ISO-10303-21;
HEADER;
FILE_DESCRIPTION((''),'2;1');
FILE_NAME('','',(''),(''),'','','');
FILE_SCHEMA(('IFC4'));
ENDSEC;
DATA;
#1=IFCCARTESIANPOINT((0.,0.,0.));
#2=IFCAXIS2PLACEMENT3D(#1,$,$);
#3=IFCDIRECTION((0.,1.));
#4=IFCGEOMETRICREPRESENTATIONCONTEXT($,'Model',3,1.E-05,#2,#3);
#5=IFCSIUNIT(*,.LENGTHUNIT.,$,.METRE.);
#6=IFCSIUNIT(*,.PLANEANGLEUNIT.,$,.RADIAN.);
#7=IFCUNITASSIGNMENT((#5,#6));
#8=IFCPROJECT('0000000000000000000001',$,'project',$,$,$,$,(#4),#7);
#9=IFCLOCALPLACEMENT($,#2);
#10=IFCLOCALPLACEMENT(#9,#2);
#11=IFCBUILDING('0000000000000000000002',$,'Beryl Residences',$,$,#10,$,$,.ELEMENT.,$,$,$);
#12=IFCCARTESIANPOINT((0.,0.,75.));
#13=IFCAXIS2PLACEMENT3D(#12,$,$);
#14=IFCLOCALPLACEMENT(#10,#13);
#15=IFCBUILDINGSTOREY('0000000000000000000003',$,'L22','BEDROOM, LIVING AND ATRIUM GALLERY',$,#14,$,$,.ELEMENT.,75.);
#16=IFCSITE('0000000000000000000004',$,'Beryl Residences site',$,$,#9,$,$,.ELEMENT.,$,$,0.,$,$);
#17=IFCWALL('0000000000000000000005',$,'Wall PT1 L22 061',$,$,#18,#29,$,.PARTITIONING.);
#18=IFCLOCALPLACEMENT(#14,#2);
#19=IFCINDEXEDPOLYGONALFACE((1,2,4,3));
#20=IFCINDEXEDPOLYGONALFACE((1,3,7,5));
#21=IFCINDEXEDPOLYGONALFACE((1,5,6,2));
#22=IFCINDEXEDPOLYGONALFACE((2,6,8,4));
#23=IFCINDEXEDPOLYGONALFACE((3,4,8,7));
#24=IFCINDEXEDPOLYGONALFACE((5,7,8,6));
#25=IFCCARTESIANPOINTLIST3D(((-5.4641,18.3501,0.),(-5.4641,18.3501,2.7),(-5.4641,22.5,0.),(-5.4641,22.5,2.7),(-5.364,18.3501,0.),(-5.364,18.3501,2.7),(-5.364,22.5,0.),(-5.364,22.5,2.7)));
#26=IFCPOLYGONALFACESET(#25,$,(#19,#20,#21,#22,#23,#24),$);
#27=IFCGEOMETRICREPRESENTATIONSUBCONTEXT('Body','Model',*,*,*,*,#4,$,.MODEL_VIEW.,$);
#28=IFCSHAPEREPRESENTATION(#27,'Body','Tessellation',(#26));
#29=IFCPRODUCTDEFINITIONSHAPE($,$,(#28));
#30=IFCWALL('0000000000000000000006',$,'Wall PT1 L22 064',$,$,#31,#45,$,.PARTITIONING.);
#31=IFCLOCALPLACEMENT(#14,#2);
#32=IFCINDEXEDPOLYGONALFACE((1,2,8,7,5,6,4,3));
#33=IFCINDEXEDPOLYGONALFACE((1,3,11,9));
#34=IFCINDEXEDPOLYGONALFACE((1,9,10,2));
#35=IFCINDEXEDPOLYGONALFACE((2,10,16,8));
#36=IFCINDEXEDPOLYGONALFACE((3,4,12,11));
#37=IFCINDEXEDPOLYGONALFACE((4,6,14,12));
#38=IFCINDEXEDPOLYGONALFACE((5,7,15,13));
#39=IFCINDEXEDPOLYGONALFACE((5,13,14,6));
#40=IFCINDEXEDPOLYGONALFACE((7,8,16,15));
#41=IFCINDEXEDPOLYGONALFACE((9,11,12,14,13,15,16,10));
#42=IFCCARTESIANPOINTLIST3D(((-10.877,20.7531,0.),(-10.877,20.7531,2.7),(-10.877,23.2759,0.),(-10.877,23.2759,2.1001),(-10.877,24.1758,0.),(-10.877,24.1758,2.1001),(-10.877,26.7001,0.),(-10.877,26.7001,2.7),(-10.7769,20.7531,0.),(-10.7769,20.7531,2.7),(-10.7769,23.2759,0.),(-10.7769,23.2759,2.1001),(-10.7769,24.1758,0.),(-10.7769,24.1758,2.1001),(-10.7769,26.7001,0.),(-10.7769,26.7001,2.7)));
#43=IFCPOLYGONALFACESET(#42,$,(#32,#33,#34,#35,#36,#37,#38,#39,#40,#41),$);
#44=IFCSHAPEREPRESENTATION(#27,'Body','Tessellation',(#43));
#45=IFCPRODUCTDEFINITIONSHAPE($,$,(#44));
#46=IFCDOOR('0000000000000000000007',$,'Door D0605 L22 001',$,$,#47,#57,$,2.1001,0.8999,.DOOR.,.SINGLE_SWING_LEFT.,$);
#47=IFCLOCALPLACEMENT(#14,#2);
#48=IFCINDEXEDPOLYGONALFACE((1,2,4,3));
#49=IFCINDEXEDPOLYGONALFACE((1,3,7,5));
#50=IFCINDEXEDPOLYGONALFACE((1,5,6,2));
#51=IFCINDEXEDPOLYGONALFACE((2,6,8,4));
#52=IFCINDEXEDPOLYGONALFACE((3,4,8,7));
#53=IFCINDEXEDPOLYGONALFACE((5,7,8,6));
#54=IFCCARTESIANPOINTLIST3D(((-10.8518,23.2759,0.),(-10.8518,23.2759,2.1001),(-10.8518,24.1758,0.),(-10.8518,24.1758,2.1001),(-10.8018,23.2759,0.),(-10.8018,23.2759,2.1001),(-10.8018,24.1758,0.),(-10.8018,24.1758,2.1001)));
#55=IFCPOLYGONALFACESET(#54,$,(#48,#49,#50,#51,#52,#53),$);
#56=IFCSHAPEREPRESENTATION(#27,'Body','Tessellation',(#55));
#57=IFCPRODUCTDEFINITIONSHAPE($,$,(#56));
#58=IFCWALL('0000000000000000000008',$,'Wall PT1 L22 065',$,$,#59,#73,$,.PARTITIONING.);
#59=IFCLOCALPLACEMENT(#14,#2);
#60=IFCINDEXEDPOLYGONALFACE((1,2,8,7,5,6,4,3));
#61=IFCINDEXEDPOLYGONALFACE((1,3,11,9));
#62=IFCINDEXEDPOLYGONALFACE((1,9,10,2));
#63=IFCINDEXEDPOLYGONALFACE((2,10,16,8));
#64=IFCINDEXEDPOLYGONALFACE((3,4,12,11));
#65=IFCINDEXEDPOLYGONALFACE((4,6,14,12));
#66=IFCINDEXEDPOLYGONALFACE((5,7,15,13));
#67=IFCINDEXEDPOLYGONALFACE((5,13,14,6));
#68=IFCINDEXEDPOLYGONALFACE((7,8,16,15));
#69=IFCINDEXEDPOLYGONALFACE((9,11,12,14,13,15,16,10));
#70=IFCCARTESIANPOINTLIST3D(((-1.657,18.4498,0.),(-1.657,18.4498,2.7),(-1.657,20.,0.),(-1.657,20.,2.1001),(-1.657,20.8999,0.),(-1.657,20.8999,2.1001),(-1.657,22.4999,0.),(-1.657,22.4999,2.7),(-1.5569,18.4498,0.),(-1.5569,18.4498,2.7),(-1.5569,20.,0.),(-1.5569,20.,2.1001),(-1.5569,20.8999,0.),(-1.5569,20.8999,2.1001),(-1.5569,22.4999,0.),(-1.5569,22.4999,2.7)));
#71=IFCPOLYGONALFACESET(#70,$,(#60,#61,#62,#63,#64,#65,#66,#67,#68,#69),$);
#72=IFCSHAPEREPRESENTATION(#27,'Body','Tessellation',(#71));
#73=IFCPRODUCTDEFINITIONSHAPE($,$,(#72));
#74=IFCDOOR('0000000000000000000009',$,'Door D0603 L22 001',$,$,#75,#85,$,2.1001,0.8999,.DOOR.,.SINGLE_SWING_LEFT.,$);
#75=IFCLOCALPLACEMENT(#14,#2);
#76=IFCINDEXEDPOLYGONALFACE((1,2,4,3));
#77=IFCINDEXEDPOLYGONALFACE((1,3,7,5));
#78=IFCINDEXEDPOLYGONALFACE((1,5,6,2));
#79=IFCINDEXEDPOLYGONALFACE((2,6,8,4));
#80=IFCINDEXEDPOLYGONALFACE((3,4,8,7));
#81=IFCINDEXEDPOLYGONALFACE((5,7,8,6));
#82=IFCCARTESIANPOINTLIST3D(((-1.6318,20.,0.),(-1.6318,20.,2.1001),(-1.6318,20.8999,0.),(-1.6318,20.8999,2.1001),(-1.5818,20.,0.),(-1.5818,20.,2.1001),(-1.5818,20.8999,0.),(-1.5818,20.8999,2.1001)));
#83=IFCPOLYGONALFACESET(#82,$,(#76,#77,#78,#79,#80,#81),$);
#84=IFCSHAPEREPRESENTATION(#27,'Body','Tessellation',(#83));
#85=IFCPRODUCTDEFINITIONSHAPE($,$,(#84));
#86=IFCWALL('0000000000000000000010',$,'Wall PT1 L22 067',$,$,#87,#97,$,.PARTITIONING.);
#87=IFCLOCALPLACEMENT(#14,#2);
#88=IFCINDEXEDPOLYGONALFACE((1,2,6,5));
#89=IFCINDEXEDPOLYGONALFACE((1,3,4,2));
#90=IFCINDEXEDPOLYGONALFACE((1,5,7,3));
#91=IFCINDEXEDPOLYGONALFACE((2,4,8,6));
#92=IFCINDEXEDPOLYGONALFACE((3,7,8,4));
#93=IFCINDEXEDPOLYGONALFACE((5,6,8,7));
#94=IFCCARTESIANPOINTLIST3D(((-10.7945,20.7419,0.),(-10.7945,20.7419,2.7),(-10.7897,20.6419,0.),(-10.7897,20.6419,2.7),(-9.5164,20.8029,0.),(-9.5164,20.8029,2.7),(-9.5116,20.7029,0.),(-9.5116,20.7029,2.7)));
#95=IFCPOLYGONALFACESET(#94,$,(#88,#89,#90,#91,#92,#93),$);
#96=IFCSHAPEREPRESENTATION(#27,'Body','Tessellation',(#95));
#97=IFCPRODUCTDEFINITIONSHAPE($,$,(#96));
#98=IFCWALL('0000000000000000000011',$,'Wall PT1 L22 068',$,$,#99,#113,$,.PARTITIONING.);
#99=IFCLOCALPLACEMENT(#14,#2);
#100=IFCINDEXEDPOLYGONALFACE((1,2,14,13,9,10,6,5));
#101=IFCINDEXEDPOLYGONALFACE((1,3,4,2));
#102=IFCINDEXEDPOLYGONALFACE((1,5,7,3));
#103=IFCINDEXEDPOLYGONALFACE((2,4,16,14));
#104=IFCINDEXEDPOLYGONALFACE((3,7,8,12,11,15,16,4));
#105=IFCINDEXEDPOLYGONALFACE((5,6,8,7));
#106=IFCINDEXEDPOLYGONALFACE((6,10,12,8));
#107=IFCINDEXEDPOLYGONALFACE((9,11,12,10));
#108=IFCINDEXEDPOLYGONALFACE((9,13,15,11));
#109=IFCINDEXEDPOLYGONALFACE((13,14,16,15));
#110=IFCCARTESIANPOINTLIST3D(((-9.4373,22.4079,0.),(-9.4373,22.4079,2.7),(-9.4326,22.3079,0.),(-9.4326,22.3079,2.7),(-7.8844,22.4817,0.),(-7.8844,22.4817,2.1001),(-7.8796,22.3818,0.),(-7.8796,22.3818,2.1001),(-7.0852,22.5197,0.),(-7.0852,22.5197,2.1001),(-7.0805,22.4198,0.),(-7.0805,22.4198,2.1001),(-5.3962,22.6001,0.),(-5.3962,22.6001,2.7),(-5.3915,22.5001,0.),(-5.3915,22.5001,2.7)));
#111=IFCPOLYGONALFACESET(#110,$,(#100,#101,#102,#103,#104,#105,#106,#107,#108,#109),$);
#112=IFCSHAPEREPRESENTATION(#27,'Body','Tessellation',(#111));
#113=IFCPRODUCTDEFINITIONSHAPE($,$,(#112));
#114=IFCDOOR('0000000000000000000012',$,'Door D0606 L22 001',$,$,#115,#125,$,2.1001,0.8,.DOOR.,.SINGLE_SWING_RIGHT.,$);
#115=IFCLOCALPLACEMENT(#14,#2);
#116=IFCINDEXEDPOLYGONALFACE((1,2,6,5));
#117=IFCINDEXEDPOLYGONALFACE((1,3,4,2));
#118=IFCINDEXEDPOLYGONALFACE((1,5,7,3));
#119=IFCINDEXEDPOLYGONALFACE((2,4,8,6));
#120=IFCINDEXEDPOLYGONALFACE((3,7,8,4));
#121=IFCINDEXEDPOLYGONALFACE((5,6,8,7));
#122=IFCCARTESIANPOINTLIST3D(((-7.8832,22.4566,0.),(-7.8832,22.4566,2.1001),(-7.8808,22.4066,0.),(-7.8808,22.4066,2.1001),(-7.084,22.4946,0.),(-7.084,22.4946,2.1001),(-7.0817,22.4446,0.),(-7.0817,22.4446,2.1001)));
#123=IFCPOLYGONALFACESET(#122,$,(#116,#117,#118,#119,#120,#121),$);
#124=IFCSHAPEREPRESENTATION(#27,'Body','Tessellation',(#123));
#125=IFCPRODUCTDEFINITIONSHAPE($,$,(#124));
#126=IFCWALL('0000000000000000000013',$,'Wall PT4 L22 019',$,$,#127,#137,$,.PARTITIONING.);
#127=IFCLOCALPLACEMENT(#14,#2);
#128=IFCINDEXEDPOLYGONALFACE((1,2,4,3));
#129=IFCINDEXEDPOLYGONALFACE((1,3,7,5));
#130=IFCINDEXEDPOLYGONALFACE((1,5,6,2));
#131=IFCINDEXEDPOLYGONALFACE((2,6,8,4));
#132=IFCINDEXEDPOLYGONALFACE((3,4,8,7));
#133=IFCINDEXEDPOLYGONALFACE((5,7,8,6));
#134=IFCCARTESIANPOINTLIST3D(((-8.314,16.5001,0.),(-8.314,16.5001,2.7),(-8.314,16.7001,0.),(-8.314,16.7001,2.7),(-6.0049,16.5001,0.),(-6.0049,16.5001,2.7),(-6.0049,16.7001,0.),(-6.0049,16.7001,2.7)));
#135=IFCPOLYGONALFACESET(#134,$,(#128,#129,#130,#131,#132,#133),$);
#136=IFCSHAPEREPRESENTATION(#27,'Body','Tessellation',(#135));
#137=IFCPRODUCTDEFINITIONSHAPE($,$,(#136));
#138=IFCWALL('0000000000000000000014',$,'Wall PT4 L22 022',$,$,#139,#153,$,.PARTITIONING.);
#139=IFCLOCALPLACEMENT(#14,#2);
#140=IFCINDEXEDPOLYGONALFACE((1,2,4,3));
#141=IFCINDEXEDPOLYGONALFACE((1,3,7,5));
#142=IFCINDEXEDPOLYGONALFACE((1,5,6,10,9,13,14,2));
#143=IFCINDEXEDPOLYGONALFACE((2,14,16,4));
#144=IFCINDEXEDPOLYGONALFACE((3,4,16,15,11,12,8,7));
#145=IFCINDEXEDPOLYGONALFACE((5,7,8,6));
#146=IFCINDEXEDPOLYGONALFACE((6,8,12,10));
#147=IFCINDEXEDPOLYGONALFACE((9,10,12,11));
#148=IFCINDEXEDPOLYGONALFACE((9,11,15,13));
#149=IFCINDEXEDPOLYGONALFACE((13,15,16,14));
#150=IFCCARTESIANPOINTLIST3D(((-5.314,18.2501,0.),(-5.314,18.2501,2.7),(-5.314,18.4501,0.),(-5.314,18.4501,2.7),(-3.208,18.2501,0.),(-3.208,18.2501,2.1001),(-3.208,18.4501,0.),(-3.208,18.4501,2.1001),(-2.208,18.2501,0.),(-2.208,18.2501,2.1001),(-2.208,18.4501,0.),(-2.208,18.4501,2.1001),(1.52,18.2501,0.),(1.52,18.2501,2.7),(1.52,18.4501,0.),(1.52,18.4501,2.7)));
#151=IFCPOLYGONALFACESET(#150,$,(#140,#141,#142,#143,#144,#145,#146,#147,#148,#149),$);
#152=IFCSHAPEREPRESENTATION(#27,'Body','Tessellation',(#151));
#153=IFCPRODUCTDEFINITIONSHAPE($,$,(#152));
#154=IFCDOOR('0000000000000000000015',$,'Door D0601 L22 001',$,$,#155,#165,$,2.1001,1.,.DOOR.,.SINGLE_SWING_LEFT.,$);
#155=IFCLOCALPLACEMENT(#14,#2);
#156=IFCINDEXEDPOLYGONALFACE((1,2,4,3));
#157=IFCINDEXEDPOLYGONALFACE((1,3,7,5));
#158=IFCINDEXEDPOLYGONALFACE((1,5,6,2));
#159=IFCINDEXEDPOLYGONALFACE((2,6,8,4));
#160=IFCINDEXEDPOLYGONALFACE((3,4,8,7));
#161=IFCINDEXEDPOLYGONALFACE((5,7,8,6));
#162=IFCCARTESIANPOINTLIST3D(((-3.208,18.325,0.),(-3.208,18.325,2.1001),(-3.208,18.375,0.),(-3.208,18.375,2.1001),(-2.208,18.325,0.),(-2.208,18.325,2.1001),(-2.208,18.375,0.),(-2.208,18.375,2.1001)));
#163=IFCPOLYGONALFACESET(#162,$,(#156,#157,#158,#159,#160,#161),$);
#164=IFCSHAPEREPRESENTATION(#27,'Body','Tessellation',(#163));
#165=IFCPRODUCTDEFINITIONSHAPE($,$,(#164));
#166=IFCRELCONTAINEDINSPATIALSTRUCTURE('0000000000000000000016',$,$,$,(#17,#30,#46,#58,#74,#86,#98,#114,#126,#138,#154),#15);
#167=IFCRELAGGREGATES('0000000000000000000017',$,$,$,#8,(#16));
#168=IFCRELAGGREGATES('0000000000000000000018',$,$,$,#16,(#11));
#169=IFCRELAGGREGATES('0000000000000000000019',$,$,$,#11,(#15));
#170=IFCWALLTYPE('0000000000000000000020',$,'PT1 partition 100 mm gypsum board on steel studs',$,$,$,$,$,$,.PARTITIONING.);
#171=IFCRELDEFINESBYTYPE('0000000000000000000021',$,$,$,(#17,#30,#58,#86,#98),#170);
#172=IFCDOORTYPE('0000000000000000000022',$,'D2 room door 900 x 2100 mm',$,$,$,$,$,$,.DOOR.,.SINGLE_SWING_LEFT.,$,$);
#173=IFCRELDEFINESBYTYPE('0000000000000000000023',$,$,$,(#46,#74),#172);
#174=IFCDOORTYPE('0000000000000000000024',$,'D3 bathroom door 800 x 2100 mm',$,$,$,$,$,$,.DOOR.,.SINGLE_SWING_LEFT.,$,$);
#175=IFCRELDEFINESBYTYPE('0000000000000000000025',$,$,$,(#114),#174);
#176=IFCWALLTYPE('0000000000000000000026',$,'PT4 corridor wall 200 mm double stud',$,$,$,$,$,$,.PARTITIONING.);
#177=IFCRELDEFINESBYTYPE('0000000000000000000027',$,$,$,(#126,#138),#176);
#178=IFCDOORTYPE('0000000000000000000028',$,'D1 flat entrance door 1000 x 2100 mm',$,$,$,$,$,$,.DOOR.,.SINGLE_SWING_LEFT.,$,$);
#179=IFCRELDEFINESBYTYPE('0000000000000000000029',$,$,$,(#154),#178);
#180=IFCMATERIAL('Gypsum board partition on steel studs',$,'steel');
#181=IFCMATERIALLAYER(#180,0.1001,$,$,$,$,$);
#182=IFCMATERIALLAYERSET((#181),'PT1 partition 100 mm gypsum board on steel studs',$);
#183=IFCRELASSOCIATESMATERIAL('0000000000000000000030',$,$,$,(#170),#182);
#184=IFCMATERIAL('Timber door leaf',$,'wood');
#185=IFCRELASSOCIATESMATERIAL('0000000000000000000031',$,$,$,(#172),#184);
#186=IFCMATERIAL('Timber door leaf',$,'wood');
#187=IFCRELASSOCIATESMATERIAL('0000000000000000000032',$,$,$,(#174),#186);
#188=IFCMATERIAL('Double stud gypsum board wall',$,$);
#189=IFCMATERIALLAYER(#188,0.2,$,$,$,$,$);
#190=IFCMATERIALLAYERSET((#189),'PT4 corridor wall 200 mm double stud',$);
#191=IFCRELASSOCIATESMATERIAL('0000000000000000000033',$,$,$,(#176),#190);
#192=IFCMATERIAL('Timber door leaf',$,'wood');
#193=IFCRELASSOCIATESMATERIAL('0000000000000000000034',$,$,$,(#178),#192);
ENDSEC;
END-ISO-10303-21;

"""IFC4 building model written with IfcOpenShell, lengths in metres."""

from ifc_helpers import new_model, si_unit, direction, frame, frame_2d, origin, place, context, subcontext, project, spatial, rectangle, extrude, material, layer, layer_set, type_object, element, fill, save


model = new_model("IFC4")

# Units and contexts
model_context = context("Model", 3, precision=1e-05, world=origin(), true_north=direction((0.0, 1.0)))
body_context = subcontext(model_context, "Body", "Model", "MODEL_VIEW")
ifc_project = project(units=[si_unit("LENGTHUNIT", "METRE"), si_unit("PLANEANGLEUNIT", "RADIAN")], contexts=[model_context])

# Site, building, storey
site_placement = place(None, origin())
site = spatial("IfcSite", under=ifc_project, at=site_placement, Name="Beryl Residences site", CompositionType="ELEMENT", RefElevation=0.0)
building_placement = place(site_placement, origin())
building = spatial("IfcBuilding", under=site, at=building_placement, Name="Beryl Residences", CompositionType="ELEMENT")
storey_placement = place(building_placement, frame((0.0, 0.0, 75.0)))
storey = spatial("IfcBuildingStorey", under=building, at=storey_placement, Name="L22", Description="BEDROOM, LIVING AND ATRIUM GALLERY", CompositionType="ELEMENT", Elevation=75.0)

# Shared definitions
ifc_material_1 = material(Name="Gypsum board partition on steel studs", Category="steel")
ifc_layer_1 = layer(ifc_material_1, 0.1001)
ifc_layer_set_1 = layer_set([ifc_layer_1], Name="PT1 partition 100 mm gypsum board on steel studs")
wall_type_1 = type_object("IfcWallType", Name="PT1 partition 100 mm gypsum board on steel studs", PredefinedType="PARTITIONING", material=ifc_layer_set_1)

# Shared definitions
ifc_material_2 = material(Name="Timber door leaf", Category="wood")
door_type_1 = type_object("IfcDoorType", Name="D2 room door 900 x 2100 mm", OperationType="SINGLE_SWING_LEFT", PredefinedType="DOOR", material=ifc_material_2)

# Shared definitions
ifc_material_3 = material(Name="Timber door leaf", Category="wood")
door_type_2 = type_object("IfcDoorType", Name="D3 bathroom door 800 x 2100 mm", OperationType="SINGLE_SWING_LEFT", PredefinedType="DOOR", material=ifc_material_3)

# Wall
wall_1_placement = place(storey_placement, frame((-5.4141, 18.3501, 0.0), z_axis=(0.0, 0.0, 1.0), x_axis=(0.0, 1.0, 0.0)))
element("IfcWall", 1, at=wall_1_placement, inside=storey, type_object=wall_type_1, Name="Wall PT1 L22 061", PredefinedType="PARTITIONING", context=body_context, shape_type="SweptSolid", body=[
    extrude(rectangle(XDim=4.1499, YDim=0.1001, at=frame_2d((2.075, 0.0))), origin(), (0.0, 0.0, 1.0), 2.7),
])

# Walls, openings, doors
wall_2_placement = place(storey_placement, frame((-10.8269, 20.7529, 0.0), z_axis=(0.0, 0.0, 1.0), x_axis=(0.0, 1.0, 0.0)))
wall_2 = element("IfcWall", 2, at=wall_2_placement, inside=storey, type_object=wall_type_1, Name="Wall PT1 L22 064", PredefinedType="PARTITIONING", context=body_context, shape_type="SweptSolid", body=[
    extrude(rectangle(XDim=5.947, YDim=0.1001, at=frame_2d((2.9736, 0.0))), origin(), (0.0, 0.0, 1.0), 2.7),
])
opening_1_placement = place(wall_2_placement, frame((2.5229, 0.0, 0.0)))
opening_1 = element("IfcOpeningElement", 3, at=opening_1_placement, cuts=wall_2, PredefinedType="OPENING", context=body_context, shape_type="SweptSolid", body=[
    extrude(rectangle(XDim=0.8999, YDim=2.1001, at=frame_2d((0.45, 1.05))), frame((0.0, 0.0601, 0.0), z_axis=(0.0, -1.0, 0.0), x_axis=(1.0, 0.0, 0.0)), (0.0, 0.0, 1.0), 0.1201),
])
door_1_placement = place(opening_1_placement, origin())
door_1 = element("IfcDoor", 4, at=door_1_placement, inside=storey, type_object=door_type_1, Name="Door D0605 L22 001", OperationType="SINGLE_SWING_LEFT", OverallHeight=2.1001, OverallWidth=0.8999, PredefinedType="DOOR", context=body_context, shape_type="SweptSolid", body=[
    extrude(rectangle(XDim=0.8999, YDim=2.1001, at=frame_2d((0.45, 1.05))), frame((0.0, 0.0249, 0.0), z_axis=(0.0, -1.0, 0.0), x_axis=(1.0, 0.0, 0.0)), (0.0, 0.0, 1.0), 0.05),
])
fill(opening_1, door_1)
wall_3_placement = place(storey_placement, frame((-1.6069, 18.45, 0.0), z_axis=(0.0, 0.0, 1.0), x_axis=(0.0, 1.0, 0.0)))
wall_3 = element("IfcWall", 5, at=wall_3_placement, inside=storey, type_object=wall_type_1, Name="Wall PT1 L22 065", PredefinedType="PARTITIONING", context=body_context, shape_type="SweptSolid", body=[
    extrude(rectangle(XDim=4.05, YDim=0.1001, at=frame_2d((2.0249, 0.0))), origin(), (0.0, 0.0, 1.0), 2.7),
])
opening_2_placement = place(wall_3_placement, frame((1.55, 0.0, 0.0)))
opening_2 = element("IfcOpeningElement", 6, at=opening_2_placement, cuts=wall_3, PredefinedType="OPENING", context=body_context, shape_type="SweptSolid", body=[
    extrude(rectangle(XDim=0.8999, YDim=2.1001, at=frame_2d((0.45, 1.05))), frame((0.0, 0.0601, 0.0), z_axis=(0.0, -1.0, 0.0), x_axis=(1.0, 0.0, 0.0)), (0.0, 0.0, 1.0), 0.1201),
])
door_2_placement = place(opening_2_placement, origin())
door_2 = element("IfcDoor", 7, at=door_2_placement, inside=storey, type_object=door_type_1, Name="Door D0603 L22 001", OperationType="SINGLE_SWING_LEFT", OverallHeight=2.1001, OverallWidth=0.8999, PredefinedType="DOOR", context=body_context, shape_type="SweptSolid", body=[
    extrude(rectangle(XDim=0.8999, YDim=2.1001, at=frame_2d((0.45, 1.05))), frame((0.0, 0.0249, 0.0), z_axis=(0.0, -1.0, 0.0), x_axis=(1.0, 0.0, 0.0)), (0.0, 0.0, 1.0), 0.05),
])
fill(opening_2, door_2)

# Wall
wall_4_placement = place(storey_placement, frame((-10.792, 20.6919, 0.0), z_axis=(0.0, 0.0, 1.0), x_axis=(0.998862, 0.047701, 0.0)))
element("IfcWall", 8, at=wall_4_placement, inside=storey, type_object=wall_type_1, Name="Wall PT1 L22 067", PredefinedType="PARTITIONING", context=body_context, shape_type="SweptSolid", body=[
    extrude(rectangle(XDim=1.2795, YDim=0.1001, at=frame_2d((0.6396, 0.0))), origin(), (0.0, 0.0, 1.0), 2.7),
])

# Wall, opening, door
wall_5_placement = place(storey_placement, frame((-9.4351, 22.3579, 0.0), z_axis=(0.0, 0.0, 1.0), x_axis=(0.998872, 0.047493, 0.0)))
wall_5 = element("IfcWall", 9, at=wall_5_placement, inside=storey, type_object=wall_type_1, Name="Wall PT1 L22 068", PredefinedType="PARTITIONING", context=body_context, shape_type="SweptSolid", body=[
    extrude(rectangle(XDim=4.0457, YDim=0.1001, at=frame_2d((2.0229, 0.0))), origin(), (0.0, 0.0, 1.0), 2.7),
])
opening_3_placement = place(wall_5_placement, frame((1.5549, 0.0, 0.0)))
opening_3 = element("IfcOpeningElement", 10, at=opening_3_placement, cuts=wall_5, PredefinedType="OPENING", context=body_context, shape_type="SweptSolid", body=[
    extrude(rectangle(XDim=0.8, YDim=2.1001, at=frame_2d((0.3999, 1.05))), frame((0.0, 0.0601, 0.0), z_axis=(0.0, -1.0, 0.0), x_axis=(1.0, 0.0, 0.0)), (0.0, 0.0, 1.0), 0.1201),
])
door_3_placement = place(opening_3_placement, origin())
door_3 = element("IfcDoor", 11, at=door_3_placement, inside=storey, type_object=door_type_2, Name="Door D0606 L22 001", OperationType="SINGLE_SWING_RIGHT", OverallHeight=2.1001, OverallWidth=0.8, PredefinedType="DOOR", context=body_context, shape_type="SweptSolid", body=[
    extrude(rectangle(XDim=0.8, YDim=2.1001, at=frame_2d((0.3999, 1.05))), frame((0.0, 0.0249, 0.0), z_axis=(0.0, -1.0, 0.0), x_axis=(1.0, 0.0, 0.0)), (0.0, 0.0, 1.0), 0.05),
])
fill(opening_3, door_3)

# Wall
ifc_material_4 = material(Name="Double stud gypsum board wall")
ifc_layer_2 = layer(ifc_material_4, 0.2)
ifc_layer_set_2 = layer_set([ifc_layer_2], Name="PT4 corridor wall 200 mm double stud")
wall_type_2 = type_object("IfcWallType", Name="PT4 corridor wall 200 mm double stud", PredefinedType="PARTITIONING", material=ifc_layer_set_2)
wall_6_placement = place(storey_placement, frame((-8.314, 16.6001, 0.0), z_axis=(0.0, 0.0, 1.0), x_axis=(1.0, 0.0, 0.0)))
element("IfcWall", 12, at=wall_6_placement, inside=storey, type_object=wall_type_2, Name="Wall PT4 L22 019", PredefinedType="PARTITIONING", context=body_context, shape_type="SweptSolid", body=[
    extrude(rectangle(XDim=2.3091, YDim=0.2, at=frame_2d((1.1545, 0.0))), origin(), (0.0, 0.0, 1.0), 2.7),
])

# Wall, opening, door
wall_7_placement = place(storey_placement, frame((-5.314, 18.3501, 0.0), z_axis=(0.0, 0.0, 1.0), x_axis=(1.0, 0.0, 0.0)))
wall_7 = element("IfcWall", 13, at=wall_7_placement, inside=storey, type_object=wall_type_2, Name="Wall PT4 L22 022", PredefinedType="PARTITIONING", context=body_context, shape_type="SweptSolid", body=[
    extrude(rectangle(XDim=6.834, YDim=0.2, at=frame_2d((3.417, 0.0))), origin(), (0.0, 0.0, 1.0), 2.7),
])
opening_4_placement = place(wall_7_placement, frame((2.106, 0.0, 0.0)))
opening_4 = element("IfcOpeningElement", 14, at=opening_4_placement, cuts=wall_7, PredefinedType="OPENING", context=body_context, shape_type="SweptSolid", body=[
    extrude(rectangle(XDim=1.0, YDim=2.1001, at=frame_2d((0.5, 1.05))), frame((0.0, 0.1099, 0.0), z_axis=(0.0, -1.0, 0.0), x_axis=(1.0, 0.0, 0.0)), (0.0, 0.0, 1.0), 0.22),
])
ifc_material_5 = material(Name="Timber door leaf", Category="wood")
door_type_3 = type_object("IfcDoorType", Name="D1 flat entrance door 1000 x 2100 mm", OperationType="SINGLE_SWING_LEFT", PredefinedType="DOOR", material=ifc_material_5)
door_4_placement = place(opening_4_placement, origin())
door_4 = element("IfcDoor", 15, at=door_4_placement, inside=storey, type_object=door_type_3, Name="Door D0601 L22 001", OperationType="SINGLE_SWING_LEFT", OverallHeight=2.1001, OverallWidth=1.0, PredefinedType="DOOR", context=body_context, shape_type="SweptSolid", body=[
    extrude(rectangle(XDim=1.0, YDim=2.1001, at=frame_2d((0.5, 1.05))), frame((0.0, 0.0249, 0.0), z_axis=(0.0, -1.0, 0.0), x_axis=(1.0, 0.0, 0.0)), (0.0, 0.0, 1.0), 0.05),
])
fill(opening_4, door_4)

save(model, "model.ifc")
